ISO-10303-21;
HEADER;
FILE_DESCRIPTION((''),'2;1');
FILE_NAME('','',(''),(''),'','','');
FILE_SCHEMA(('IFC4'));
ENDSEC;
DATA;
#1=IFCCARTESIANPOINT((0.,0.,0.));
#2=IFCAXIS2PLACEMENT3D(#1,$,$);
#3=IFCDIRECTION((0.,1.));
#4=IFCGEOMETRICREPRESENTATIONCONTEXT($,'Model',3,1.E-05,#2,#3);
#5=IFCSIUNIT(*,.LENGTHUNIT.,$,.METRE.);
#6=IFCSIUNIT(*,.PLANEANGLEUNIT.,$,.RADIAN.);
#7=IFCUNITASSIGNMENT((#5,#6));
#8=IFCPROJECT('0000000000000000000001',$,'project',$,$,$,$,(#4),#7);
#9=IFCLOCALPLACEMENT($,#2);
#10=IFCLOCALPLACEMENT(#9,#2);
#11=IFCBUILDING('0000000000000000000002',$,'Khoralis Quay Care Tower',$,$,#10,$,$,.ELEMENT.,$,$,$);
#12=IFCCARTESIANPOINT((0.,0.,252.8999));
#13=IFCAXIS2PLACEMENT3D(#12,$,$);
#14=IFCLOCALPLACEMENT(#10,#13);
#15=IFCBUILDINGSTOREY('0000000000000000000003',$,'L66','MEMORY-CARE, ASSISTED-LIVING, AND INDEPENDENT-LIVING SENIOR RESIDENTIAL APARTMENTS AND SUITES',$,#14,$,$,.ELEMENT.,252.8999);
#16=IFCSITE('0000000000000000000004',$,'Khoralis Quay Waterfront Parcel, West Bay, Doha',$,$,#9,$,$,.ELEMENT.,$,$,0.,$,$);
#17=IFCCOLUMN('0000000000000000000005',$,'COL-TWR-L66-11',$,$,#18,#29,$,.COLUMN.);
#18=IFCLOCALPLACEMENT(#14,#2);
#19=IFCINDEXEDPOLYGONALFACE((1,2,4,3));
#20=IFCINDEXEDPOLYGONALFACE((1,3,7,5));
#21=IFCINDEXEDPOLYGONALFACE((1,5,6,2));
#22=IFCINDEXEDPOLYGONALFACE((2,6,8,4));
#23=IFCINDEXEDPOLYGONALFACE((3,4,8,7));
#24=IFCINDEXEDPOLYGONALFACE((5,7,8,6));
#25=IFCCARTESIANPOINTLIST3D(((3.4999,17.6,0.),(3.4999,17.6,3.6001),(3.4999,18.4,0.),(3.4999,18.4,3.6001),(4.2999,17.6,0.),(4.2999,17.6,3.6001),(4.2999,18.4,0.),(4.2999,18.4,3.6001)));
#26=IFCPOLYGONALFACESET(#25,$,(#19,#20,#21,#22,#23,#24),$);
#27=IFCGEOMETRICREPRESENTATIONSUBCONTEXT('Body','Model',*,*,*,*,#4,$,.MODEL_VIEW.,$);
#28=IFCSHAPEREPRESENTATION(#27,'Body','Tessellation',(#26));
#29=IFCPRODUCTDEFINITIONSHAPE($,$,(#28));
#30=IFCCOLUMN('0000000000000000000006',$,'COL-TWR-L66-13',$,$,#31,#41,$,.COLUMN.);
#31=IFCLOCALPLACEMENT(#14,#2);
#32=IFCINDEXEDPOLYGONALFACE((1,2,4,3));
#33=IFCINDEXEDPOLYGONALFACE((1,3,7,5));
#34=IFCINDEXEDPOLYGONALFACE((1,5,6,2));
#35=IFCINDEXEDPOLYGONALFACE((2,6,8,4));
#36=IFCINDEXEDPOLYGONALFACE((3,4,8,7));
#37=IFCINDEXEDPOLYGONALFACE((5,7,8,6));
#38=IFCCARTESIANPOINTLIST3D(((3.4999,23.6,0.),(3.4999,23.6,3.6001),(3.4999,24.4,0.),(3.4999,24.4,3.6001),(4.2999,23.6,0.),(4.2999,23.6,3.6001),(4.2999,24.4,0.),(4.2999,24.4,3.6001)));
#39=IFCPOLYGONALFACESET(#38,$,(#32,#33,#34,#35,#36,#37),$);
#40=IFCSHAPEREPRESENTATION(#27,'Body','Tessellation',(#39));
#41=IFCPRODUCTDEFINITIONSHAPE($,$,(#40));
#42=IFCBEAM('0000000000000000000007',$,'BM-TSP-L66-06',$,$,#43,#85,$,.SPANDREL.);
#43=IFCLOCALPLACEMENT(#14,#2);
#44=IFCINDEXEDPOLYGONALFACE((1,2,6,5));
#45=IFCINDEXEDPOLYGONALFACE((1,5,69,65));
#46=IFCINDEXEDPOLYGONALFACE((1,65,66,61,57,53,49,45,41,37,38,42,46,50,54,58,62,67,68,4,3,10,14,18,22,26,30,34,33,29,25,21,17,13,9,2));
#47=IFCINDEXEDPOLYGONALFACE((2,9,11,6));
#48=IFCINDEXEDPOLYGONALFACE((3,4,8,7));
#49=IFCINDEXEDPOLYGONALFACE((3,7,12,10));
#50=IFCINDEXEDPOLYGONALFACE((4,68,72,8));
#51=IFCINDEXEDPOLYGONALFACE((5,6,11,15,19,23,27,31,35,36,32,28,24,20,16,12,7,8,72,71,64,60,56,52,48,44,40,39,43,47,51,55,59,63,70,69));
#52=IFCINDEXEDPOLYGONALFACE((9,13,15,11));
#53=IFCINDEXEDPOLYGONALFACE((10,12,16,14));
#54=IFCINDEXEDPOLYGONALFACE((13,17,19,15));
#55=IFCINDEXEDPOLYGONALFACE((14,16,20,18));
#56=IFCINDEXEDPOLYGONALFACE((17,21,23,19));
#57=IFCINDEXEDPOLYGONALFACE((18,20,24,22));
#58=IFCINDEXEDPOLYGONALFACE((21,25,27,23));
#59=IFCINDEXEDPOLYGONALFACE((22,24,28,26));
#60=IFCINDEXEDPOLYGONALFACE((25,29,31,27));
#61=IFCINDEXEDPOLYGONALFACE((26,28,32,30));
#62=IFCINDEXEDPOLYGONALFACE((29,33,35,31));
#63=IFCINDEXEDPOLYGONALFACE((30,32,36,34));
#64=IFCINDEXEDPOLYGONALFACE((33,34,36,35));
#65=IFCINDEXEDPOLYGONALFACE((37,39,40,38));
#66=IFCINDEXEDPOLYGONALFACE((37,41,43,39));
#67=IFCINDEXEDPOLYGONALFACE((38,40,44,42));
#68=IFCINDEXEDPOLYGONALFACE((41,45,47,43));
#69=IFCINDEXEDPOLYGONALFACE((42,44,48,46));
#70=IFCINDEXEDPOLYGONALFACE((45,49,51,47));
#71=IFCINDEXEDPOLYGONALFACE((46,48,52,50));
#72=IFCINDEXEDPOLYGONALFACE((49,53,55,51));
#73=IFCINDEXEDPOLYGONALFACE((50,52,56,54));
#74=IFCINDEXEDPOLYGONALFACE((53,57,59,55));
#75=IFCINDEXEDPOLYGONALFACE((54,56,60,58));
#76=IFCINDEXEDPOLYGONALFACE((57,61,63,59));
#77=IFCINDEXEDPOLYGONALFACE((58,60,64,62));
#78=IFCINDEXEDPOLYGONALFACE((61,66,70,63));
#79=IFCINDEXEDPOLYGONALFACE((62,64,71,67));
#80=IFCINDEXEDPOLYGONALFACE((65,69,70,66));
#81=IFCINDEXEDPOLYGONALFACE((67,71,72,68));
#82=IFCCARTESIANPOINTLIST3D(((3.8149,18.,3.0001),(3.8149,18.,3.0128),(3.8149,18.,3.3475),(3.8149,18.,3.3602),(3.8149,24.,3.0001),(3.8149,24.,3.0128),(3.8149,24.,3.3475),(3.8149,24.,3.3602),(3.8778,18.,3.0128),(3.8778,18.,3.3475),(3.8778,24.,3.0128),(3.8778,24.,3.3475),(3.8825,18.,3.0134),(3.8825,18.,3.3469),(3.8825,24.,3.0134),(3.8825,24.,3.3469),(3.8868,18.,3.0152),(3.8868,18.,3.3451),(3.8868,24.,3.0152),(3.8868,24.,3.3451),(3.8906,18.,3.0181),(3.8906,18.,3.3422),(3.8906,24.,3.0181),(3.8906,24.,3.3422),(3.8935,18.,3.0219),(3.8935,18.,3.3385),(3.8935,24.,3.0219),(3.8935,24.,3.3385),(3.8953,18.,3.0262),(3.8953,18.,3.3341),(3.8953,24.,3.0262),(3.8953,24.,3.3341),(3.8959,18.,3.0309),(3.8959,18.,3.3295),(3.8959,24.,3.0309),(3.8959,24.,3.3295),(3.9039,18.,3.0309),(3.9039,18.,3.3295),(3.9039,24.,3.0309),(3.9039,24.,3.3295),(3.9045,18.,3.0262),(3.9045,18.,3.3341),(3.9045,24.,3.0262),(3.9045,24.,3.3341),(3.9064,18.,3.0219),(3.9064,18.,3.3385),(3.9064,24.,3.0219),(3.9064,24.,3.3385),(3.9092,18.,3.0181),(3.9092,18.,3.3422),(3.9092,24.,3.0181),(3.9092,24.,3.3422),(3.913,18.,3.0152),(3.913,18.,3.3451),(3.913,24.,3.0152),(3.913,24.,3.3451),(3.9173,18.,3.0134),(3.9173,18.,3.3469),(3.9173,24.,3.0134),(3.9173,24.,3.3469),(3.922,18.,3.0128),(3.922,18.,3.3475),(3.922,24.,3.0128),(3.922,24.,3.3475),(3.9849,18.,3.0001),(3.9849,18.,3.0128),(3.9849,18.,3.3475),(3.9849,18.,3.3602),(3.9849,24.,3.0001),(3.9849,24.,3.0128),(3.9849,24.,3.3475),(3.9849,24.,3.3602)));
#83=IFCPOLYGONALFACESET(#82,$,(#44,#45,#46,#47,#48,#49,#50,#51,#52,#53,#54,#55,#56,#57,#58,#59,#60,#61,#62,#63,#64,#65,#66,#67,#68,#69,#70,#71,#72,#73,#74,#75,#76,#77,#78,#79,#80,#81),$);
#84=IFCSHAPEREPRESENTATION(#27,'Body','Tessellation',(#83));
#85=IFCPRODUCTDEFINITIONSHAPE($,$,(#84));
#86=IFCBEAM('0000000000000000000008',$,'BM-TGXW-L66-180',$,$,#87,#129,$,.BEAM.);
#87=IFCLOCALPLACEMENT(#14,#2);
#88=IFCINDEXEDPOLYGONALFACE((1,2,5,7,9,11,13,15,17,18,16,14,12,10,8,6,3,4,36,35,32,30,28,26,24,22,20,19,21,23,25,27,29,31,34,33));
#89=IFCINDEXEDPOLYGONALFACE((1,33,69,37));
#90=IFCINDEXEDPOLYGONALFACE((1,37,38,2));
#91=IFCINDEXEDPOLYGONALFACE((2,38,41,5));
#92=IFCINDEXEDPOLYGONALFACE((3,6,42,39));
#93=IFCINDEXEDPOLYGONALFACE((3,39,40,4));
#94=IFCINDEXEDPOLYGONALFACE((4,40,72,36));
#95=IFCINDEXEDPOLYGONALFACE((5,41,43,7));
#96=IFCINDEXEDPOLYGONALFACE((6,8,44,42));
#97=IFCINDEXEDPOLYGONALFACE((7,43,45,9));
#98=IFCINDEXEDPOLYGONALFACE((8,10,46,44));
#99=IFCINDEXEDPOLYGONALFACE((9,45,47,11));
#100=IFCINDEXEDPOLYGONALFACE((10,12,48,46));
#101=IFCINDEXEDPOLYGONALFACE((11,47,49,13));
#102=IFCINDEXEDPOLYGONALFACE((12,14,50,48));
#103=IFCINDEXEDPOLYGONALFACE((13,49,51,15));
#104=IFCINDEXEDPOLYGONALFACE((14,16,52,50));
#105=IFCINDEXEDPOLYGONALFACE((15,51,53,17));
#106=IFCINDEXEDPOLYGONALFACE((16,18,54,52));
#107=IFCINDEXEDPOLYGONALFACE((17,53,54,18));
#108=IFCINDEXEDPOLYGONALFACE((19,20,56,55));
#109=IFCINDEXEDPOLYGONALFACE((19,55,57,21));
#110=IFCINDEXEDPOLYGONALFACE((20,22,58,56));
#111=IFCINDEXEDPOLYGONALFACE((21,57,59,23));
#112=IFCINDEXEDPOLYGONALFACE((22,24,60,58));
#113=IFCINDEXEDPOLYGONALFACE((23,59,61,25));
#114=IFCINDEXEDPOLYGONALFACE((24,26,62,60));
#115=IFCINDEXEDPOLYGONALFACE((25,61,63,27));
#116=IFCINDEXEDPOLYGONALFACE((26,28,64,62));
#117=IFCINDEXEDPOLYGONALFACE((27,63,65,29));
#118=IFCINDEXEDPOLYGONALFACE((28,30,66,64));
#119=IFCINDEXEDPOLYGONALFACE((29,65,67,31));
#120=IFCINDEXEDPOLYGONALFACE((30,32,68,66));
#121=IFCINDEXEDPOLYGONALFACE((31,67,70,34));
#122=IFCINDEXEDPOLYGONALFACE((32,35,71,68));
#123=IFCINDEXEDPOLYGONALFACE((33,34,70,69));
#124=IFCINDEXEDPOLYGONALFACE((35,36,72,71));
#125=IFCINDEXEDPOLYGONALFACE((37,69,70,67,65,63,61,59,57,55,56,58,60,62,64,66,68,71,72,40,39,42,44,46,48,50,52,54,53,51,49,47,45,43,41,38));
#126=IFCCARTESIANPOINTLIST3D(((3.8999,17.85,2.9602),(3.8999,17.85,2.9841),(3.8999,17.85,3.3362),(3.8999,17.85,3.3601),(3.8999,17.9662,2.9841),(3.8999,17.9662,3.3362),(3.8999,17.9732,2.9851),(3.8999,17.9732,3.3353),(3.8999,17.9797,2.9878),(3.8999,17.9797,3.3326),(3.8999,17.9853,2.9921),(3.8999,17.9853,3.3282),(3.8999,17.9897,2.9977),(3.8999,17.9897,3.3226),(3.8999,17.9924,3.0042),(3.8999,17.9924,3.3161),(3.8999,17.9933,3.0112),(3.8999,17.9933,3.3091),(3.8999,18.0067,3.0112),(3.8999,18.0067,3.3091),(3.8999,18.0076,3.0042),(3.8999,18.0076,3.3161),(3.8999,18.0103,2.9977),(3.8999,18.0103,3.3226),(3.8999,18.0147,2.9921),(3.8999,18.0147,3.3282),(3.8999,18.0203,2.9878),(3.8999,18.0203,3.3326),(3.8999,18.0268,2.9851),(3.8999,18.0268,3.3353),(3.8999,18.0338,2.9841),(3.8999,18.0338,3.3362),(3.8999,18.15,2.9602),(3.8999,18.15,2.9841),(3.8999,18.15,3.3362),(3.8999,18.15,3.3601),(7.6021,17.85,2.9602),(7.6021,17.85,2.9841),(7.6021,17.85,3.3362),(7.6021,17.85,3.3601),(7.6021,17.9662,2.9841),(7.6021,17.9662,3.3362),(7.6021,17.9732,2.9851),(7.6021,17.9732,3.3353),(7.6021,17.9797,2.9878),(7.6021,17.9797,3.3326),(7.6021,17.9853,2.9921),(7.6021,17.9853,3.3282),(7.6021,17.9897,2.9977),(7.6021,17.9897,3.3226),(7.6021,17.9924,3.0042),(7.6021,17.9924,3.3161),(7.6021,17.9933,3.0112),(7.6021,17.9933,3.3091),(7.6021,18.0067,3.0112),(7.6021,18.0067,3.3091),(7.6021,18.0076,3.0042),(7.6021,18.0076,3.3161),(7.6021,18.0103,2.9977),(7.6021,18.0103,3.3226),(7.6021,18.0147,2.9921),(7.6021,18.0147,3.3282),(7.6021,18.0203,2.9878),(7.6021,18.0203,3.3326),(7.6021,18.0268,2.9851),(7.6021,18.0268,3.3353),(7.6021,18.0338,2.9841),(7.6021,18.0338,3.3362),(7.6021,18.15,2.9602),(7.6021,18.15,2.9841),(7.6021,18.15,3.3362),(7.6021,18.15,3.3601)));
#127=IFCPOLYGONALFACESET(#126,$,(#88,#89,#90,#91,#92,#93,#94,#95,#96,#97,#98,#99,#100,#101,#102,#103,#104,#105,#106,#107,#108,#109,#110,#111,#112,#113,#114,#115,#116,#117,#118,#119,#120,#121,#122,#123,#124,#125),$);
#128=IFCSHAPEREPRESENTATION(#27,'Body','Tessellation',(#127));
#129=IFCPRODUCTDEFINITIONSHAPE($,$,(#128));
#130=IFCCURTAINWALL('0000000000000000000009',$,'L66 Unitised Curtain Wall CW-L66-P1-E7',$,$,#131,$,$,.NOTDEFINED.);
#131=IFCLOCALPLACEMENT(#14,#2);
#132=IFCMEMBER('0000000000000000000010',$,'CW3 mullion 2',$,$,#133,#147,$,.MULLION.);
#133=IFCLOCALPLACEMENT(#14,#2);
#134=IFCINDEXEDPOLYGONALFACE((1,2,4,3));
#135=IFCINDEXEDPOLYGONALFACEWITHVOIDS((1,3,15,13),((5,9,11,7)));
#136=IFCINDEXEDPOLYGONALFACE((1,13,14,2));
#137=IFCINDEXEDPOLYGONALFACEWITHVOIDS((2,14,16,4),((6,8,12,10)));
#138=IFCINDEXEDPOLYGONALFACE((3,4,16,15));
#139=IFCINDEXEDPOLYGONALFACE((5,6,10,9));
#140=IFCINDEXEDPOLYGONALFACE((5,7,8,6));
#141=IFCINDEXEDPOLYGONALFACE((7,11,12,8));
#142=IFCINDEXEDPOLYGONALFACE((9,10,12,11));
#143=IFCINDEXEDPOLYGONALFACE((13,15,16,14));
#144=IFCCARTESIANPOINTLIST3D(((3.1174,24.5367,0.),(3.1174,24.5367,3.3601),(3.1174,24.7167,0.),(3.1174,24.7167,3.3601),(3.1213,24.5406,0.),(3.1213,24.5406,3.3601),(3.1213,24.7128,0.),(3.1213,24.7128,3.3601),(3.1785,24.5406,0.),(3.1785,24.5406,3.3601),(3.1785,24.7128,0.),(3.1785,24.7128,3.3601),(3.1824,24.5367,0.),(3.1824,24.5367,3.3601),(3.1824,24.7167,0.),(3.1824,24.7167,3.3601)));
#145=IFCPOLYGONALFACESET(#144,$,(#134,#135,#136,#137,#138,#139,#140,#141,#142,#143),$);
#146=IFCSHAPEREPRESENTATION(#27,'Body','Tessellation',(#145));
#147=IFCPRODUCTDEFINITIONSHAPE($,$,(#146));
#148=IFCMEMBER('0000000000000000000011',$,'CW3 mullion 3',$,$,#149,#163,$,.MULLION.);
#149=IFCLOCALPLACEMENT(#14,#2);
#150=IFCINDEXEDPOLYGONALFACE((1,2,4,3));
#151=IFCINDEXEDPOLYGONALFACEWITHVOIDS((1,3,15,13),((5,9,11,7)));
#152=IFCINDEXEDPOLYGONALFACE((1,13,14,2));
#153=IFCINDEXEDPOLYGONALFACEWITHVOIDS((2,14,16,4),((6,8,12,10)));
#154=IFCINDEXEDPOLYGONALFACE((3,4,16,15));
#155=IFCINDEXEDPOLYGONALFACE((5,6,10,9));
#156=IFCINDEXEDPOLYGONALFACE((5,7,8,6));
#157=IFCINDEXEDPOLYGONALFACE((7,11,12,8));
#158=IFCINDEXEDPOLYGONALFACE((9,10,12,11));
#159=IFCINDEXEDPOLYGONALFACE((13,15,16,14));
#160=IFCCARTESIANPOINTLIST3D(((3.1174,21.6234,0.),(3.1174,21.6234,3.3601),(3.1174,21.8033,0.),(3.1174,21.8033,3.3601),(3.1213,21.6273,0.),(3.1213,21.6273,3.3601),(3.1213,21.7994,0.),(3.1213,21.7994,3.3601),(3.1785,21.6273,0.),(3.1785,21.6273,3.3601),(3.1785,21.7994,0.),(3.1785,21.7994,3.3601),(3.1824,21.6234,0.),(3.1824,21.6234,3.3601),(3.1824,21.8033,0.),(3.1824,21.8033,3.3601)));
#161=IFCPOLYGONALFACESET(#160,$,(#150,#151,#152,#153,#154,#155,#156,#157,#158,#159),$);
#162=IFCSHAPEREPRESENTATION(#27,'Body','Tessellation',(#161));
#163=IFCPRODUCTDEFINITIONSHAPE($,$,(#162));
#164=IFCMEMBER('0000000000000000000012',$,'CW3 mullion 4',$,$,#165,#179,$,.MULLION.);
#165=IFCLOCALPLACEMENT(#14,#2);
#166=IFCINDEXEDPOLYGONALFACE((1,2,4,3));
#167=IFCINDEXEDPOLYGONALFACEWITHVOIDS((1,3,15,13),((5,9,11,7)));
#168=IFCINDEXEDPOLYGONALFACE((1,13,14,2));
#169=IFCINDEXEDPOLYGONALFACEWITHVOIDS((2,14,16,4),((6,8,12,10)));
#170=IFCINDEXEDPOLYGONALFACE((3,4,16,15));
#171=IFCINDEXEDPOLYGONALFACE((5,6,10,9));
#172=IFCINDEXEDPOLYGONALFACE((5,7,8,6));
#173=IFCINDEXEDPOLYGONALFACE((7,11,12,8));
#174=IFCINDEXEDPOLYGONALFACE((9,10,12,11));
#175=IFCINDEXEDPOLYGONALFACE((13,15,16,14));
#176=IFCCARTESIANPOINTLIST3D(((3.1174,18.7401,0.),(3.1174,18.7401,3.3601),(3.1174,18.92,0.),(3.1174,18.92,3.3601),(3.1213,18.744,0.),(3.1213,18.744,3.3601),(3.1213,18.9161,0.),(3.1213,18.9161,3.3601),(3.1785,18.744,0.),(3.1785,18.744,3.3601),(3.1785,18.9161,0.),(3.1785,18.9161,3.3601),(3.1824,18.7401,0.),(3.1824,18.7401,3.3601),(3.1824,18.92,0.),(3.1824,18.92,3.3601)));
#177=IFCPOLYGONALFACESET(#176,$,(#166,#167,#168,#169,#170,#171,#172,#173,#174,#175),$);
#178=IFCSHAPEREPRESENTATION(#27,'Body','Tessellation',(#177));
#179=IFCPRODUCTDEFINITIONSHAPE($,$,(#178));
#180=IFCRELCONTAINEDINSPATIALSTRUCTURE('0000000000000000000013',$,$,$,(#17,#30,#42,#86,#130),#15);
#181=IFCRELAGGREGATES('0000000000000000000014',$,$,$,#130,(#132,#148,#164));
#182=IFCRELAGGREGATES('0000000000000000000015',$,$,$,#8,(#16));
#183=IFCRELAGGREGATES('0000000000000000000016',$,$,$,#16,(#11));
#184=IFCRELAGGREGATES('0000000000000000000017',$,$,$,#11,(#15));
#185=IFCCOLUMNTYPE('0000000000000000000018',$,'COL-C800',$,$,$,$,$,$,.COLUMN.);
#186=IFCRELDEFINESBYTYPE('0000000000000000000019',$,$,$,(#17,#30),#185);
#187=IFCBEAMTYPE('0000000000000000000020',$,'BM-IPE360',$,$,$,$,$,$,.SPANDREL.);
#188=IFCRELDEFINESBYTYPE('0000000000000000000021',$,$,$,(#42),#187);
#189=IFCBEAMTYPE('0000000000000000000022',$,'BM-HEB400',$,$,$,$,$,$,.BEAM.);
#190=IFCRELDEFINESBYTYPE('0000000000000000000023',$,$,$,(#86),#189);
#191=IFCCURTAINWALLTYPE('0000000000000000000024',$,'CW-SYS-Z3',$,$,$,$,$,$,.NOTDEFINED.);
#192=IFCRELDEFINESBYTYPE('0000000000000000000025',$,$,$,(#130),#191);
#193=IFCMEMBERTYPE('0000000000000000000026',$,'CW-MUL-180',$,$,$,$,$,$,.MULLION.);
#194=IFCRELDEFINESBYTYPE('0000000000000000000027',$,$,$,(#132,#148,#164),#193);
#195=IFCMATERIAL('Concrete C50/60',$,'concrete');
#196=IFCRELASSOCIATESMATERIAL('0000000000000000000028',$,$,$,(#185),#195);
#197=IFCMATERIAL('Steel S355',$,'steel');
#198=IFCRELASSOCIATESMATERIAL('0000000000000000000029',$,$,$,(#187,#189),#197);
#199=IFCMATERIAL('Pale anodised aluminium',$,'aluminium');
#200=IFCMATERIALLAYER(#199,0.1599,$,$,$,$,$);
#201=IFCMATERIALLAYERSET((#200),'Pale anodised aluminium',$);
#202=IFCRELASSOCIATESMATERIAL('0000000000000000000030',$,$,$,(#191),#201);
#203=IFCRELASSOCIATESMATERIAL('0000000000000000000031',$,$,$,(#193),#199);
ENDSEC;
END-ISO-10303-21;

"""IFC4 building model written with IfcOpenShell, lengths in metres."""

from ifc_helpers import new_model, si_unit, direction, frame, origin, origin_2d, place, context, subcontext, project, spatial, rectangle, hollow_rectangle, i_section, extrude, source, transform, mapped, material, layer, layer_set, material_profile, profile_set, type_object, element, aggregate, save


model = new_model("IFC4")

# Units and contexts
model_context = context("Model", 3, precision=1e-05, world=origin(), true_north=direction((0.0, 1.0)))
body_context = subcontext(model_context, "Body", "Model", "MODEL_VIEW")
ifc_project = project(units=[si_unit("LENGTHUNIT", "METRE"), si_unit("PLANEANGLEUNIT", "RADIAN")], contexts=[model_context])

# Site, building, storey
site_placement = place(None, origin())
site = spatial("IfcSite", under=ifc_project, at=site_placement, Name="Khoralis Quay Waterfront Parcel, West Bay, Doha", CompositionType="ELEMENT", RefElevation=0.0)
building_placement = place(site_placement, origin())
building = spatial("IfcBuilding", under=site, at=building_placement, Name="Khoralis Quay Care Tower", CompositionType="ELEMENT")
storey_placement = place(building_placement, frame((0.0, 0.0, 252.8999)))
storey = spatial("IfcBuildingStorey", under=building, at=storey_placement, Name="L66", Description="MEMORY-CARE, ASSISTED-LIVING, AND INDEPENDENT-LIVING SENIOR RESIDENTIAL APARTMENTS AND SUITES", CompositionType="ELEMENT", Elevation=252.8999)

# Columns
ifc_material_1 = material(Name="Concrete C50/60", Category="concrete")
ifc_material_profile_1 = material_profile(ifc_material_1, rectangle(XDim=0.8, YDim=0.8, at=origin_2d()), Name="Concrete C50/60")
ifc_profile_set_1 = profile_set([ifc_material_profile_1], Name="Concrete C50/60")
column_type = type_object("IfcColumnType", Name="COL-C800", PredefinedType="COLUMN", material=ifc_profile_set_1)
shared_shape_1 = source(origin(), body_context, "Body", "SweptSolid", [
    extrude(rectangle(XDim=0.8, YDim=0.8, at=origin_2d()), origin(), (0.0, 0.0, 1.0), 3.6001),
])
for number, where, z_axis, x_axis, name in (
    (1, (3.8999, 18.0, 0.0), (0.0, 0.0, 1.0), (1.0, 0.0, 0.0), "COL-TWR-L66-11"),
    (2, (3.8999, 24.0, 0.0), (0.0, 0.0, 1.0), (1.0, 0.0, 0.0), "COL-TWR-L66-13"),
):
    element("IfcColumn", number, at=place(storey_placement, frame(where, z_axis=z_axis, x_axis=x_axis)), inside=storey, type_object=column_type, Name=name, PredefinedType="COLUMN", context=body_context, shape_type="MappedRepresentation", body=[
        mapped(shared_shape_1, transform((0.0, 0.0, 0.0), scale=1.0)),
    ])

# Beams
ifc_material_2 = material(Name="Steel S355", Category="steel")
ifc_material_profile_2 = material_profile(ifc_material_2, i_section(OverallWidth=0.1699, OverallDepth=0.3601, WebThickness=0.0081, FlangeThickness=0.0127, FilletRadius=0.0181, at=origin_2d()), Name="Steel S355")
ifc_profile_set_2 = profile_set([ifc_material_profile_2], Name="Steel S355")
beam_type_1 = type_object("IfcBeamType", Name="BM-IPE360", PredefinedType="SPANDREL", material=ifc_profile_set_2)
shared_shape_2 = source(origin(), body_context, "Body", "SweptSolid", [
    extrude(i_section(OverallWidth=0.1699, OverallDepth=0.3601, WebThickness=0.0081, FlangeThickness=0.0127, FilletRadius=0.0181, at=origin_2d()), origin(), (0.0, 0.0, 1.0), 6.0),
])
beam_1_placement = place(storey_placement, frame((3.8999, 18.0, 3.1802), z_axis=(0.0, 1.0, 0.0), x_axis=(-1.0, 0.0, 0.0)))
element("IfcBeam", 3, at=beam_1_placement, inside=storey, type_object=beam_type_1, Name="BM-TSP-L66-06", PredefinedType="SPANDREL", context=body_context, shape_type="MappedRepresentation", body=[
    mapped(shared_shape_2, transform((0.0, 0.0, 0.0), scale=1.0)),
])
ifc_material_profile_3 = material_profile(ifc_material_2, i_section(OverallWidth=0.3, OverallDepth=0.3999, WebThickness=0.0134, FlangeThickness=0.0239, FilletRadius=0.0271, at=origin_2d()), Name="Steel S355")
ifc_profile_set_3 = profile_set([ifc_material_profile_3], Name="Steel S355")
beam_type_2 = type_object("IfcBeamType", Name="BM-HEB400", PredefinedType="BEAM", material=ifc_profile_set_3)
shared_shape_3 = source(origin(), body_context, "Body", "SweptSolid", [
    extrude(i_section(OverallWidth=0.3, OverallDepth=0.3999, WebThickness=0.0134, FlangeThickness=0.0239, FilletRadius=0.0271, at=origin_2d()), origin(), (0.0, 0.0, 1.0), 3.7021),
])
beam_2_placement = place(storey_placement, frame((3.8999, 18.0, 3.1602), z_axis=(1.0, 0.0, 0.0), x_axis=(0.0, 1.0, 0.0)))
element("IfcBeam", 4, at=beam_2_placement, inside=storey, type_object=beam_type_2, Name="BM-TGXW-L66-180", PredefinedType="BEAM", context=body_context, shape_type="MappedRepresentation", body=[
    mapped(shared_shape_3, transform((0.0, 0.0, 0.0), scale=1.0)),
])

# Curtain wall, members
ifc_material_3 = material(Name="Pale anodised aluminium", Category="aluminium")
ifc_layer_1 = layer(ifc_material_3, 0.1599)
ifc_layer_set_1 = layer_set([ifc_layer_1], Name="Pale anodised aluminium")
curtain_wall_type = type_object("IfcCurtainWallType", Name="CW-SYS-Z3", PredefinedType="NOTDEFINED", material=ifc_layer_set_1)
curtain_wall_placement = place(storey_placement, origin())
curtain_wall = element("IfcCurtainWall", 5, at=curtain_wall_placement, inside=storey, type_object=curtain_wall_type, Name="L66 Unitised Curtain Wall CW-L66-P1-E7", PredefinedType="NOTDEFINED")
ifc_material_profile_4 = material_profile(ifc_material_3, hollow_rectangle(XDim=0.0649, YDim=0.1799, WallThickness=0.0039, at=origin_2d()), Name="Pale anodised aluminium")
ifc_profile_set_4 = profile_set([ifc_material_profile_4], Name="Pale anodised aluminium")
member_type_1 = type_object("IfcMemberType", Name="CW-MUL-180", PredefinedType="MULLION", material=ifc_profile_set_4)
shared_shape_4 = source(origin(), body_context, "Body", "SweptSolid", [
    extrude(hollow_rectangle(XDim=0.0649, YDim=0.1799, WallThickness=0.0039, at=origin_2d()), origin(), (0.0, 0.0, 1.0), 3.3601),
])
member_1_placement = place(storey_placement, frame((3.1499, 24.6267, 0.0), z_axis=(0.0, 0.0, 1.0), x_axis=(1.0, 0.0, 0.0)))
member_1 = element("IfcMember", 6, at=member_1_placement, type_object=member_type_1, Name="CW3 mullion 2", PredefinedType="MULLION", context=body_context, shape_type="MappedRepresentation", body=[
    mapped(shared_shape_4, transform((0.0, 0.0, 0.0), scale=1.0)),
])
member_2_placement = place(storey_placement, frame((3.1499, 21.7134, 0.0), z_axis=(0.0, 0.0, 1.0), x_axis=(1.0, 0.0, 0.0)))
member_2 = element("IfcMember", 7, at=member_2_placement, type_object=member_type_1, Name="CW3 mullion 3", PredefinedType="MULLION", context=body_context, shape_type="MappedRepresentation", body=[
    mapped(shared_shape_4, transform((0.0, 0.0, 0.0), scale=1.0)),
])
member_3_placement = place(storey_placement, frame((3.1499, 18.8301, 0.0), z_axis=(0.0, 0.0, 1.0), x_axis=(1.0, 0.0, 0.0)))
member_3 = element("IfcMember", 8, at=member_3_placement, type_object=member_type_1, Name="CW3 mullion 4", PredefinedType="MULLION", context=body_context, shape_type="MappedRepresentation", body=[
    mapped(shared_shape_4, transform((0.0, 0.0, 0.0), scale=1.0)),
])
aggregate(curtain_wall, [member_1, member_2, member_3])

save(model, "model.ifc")
